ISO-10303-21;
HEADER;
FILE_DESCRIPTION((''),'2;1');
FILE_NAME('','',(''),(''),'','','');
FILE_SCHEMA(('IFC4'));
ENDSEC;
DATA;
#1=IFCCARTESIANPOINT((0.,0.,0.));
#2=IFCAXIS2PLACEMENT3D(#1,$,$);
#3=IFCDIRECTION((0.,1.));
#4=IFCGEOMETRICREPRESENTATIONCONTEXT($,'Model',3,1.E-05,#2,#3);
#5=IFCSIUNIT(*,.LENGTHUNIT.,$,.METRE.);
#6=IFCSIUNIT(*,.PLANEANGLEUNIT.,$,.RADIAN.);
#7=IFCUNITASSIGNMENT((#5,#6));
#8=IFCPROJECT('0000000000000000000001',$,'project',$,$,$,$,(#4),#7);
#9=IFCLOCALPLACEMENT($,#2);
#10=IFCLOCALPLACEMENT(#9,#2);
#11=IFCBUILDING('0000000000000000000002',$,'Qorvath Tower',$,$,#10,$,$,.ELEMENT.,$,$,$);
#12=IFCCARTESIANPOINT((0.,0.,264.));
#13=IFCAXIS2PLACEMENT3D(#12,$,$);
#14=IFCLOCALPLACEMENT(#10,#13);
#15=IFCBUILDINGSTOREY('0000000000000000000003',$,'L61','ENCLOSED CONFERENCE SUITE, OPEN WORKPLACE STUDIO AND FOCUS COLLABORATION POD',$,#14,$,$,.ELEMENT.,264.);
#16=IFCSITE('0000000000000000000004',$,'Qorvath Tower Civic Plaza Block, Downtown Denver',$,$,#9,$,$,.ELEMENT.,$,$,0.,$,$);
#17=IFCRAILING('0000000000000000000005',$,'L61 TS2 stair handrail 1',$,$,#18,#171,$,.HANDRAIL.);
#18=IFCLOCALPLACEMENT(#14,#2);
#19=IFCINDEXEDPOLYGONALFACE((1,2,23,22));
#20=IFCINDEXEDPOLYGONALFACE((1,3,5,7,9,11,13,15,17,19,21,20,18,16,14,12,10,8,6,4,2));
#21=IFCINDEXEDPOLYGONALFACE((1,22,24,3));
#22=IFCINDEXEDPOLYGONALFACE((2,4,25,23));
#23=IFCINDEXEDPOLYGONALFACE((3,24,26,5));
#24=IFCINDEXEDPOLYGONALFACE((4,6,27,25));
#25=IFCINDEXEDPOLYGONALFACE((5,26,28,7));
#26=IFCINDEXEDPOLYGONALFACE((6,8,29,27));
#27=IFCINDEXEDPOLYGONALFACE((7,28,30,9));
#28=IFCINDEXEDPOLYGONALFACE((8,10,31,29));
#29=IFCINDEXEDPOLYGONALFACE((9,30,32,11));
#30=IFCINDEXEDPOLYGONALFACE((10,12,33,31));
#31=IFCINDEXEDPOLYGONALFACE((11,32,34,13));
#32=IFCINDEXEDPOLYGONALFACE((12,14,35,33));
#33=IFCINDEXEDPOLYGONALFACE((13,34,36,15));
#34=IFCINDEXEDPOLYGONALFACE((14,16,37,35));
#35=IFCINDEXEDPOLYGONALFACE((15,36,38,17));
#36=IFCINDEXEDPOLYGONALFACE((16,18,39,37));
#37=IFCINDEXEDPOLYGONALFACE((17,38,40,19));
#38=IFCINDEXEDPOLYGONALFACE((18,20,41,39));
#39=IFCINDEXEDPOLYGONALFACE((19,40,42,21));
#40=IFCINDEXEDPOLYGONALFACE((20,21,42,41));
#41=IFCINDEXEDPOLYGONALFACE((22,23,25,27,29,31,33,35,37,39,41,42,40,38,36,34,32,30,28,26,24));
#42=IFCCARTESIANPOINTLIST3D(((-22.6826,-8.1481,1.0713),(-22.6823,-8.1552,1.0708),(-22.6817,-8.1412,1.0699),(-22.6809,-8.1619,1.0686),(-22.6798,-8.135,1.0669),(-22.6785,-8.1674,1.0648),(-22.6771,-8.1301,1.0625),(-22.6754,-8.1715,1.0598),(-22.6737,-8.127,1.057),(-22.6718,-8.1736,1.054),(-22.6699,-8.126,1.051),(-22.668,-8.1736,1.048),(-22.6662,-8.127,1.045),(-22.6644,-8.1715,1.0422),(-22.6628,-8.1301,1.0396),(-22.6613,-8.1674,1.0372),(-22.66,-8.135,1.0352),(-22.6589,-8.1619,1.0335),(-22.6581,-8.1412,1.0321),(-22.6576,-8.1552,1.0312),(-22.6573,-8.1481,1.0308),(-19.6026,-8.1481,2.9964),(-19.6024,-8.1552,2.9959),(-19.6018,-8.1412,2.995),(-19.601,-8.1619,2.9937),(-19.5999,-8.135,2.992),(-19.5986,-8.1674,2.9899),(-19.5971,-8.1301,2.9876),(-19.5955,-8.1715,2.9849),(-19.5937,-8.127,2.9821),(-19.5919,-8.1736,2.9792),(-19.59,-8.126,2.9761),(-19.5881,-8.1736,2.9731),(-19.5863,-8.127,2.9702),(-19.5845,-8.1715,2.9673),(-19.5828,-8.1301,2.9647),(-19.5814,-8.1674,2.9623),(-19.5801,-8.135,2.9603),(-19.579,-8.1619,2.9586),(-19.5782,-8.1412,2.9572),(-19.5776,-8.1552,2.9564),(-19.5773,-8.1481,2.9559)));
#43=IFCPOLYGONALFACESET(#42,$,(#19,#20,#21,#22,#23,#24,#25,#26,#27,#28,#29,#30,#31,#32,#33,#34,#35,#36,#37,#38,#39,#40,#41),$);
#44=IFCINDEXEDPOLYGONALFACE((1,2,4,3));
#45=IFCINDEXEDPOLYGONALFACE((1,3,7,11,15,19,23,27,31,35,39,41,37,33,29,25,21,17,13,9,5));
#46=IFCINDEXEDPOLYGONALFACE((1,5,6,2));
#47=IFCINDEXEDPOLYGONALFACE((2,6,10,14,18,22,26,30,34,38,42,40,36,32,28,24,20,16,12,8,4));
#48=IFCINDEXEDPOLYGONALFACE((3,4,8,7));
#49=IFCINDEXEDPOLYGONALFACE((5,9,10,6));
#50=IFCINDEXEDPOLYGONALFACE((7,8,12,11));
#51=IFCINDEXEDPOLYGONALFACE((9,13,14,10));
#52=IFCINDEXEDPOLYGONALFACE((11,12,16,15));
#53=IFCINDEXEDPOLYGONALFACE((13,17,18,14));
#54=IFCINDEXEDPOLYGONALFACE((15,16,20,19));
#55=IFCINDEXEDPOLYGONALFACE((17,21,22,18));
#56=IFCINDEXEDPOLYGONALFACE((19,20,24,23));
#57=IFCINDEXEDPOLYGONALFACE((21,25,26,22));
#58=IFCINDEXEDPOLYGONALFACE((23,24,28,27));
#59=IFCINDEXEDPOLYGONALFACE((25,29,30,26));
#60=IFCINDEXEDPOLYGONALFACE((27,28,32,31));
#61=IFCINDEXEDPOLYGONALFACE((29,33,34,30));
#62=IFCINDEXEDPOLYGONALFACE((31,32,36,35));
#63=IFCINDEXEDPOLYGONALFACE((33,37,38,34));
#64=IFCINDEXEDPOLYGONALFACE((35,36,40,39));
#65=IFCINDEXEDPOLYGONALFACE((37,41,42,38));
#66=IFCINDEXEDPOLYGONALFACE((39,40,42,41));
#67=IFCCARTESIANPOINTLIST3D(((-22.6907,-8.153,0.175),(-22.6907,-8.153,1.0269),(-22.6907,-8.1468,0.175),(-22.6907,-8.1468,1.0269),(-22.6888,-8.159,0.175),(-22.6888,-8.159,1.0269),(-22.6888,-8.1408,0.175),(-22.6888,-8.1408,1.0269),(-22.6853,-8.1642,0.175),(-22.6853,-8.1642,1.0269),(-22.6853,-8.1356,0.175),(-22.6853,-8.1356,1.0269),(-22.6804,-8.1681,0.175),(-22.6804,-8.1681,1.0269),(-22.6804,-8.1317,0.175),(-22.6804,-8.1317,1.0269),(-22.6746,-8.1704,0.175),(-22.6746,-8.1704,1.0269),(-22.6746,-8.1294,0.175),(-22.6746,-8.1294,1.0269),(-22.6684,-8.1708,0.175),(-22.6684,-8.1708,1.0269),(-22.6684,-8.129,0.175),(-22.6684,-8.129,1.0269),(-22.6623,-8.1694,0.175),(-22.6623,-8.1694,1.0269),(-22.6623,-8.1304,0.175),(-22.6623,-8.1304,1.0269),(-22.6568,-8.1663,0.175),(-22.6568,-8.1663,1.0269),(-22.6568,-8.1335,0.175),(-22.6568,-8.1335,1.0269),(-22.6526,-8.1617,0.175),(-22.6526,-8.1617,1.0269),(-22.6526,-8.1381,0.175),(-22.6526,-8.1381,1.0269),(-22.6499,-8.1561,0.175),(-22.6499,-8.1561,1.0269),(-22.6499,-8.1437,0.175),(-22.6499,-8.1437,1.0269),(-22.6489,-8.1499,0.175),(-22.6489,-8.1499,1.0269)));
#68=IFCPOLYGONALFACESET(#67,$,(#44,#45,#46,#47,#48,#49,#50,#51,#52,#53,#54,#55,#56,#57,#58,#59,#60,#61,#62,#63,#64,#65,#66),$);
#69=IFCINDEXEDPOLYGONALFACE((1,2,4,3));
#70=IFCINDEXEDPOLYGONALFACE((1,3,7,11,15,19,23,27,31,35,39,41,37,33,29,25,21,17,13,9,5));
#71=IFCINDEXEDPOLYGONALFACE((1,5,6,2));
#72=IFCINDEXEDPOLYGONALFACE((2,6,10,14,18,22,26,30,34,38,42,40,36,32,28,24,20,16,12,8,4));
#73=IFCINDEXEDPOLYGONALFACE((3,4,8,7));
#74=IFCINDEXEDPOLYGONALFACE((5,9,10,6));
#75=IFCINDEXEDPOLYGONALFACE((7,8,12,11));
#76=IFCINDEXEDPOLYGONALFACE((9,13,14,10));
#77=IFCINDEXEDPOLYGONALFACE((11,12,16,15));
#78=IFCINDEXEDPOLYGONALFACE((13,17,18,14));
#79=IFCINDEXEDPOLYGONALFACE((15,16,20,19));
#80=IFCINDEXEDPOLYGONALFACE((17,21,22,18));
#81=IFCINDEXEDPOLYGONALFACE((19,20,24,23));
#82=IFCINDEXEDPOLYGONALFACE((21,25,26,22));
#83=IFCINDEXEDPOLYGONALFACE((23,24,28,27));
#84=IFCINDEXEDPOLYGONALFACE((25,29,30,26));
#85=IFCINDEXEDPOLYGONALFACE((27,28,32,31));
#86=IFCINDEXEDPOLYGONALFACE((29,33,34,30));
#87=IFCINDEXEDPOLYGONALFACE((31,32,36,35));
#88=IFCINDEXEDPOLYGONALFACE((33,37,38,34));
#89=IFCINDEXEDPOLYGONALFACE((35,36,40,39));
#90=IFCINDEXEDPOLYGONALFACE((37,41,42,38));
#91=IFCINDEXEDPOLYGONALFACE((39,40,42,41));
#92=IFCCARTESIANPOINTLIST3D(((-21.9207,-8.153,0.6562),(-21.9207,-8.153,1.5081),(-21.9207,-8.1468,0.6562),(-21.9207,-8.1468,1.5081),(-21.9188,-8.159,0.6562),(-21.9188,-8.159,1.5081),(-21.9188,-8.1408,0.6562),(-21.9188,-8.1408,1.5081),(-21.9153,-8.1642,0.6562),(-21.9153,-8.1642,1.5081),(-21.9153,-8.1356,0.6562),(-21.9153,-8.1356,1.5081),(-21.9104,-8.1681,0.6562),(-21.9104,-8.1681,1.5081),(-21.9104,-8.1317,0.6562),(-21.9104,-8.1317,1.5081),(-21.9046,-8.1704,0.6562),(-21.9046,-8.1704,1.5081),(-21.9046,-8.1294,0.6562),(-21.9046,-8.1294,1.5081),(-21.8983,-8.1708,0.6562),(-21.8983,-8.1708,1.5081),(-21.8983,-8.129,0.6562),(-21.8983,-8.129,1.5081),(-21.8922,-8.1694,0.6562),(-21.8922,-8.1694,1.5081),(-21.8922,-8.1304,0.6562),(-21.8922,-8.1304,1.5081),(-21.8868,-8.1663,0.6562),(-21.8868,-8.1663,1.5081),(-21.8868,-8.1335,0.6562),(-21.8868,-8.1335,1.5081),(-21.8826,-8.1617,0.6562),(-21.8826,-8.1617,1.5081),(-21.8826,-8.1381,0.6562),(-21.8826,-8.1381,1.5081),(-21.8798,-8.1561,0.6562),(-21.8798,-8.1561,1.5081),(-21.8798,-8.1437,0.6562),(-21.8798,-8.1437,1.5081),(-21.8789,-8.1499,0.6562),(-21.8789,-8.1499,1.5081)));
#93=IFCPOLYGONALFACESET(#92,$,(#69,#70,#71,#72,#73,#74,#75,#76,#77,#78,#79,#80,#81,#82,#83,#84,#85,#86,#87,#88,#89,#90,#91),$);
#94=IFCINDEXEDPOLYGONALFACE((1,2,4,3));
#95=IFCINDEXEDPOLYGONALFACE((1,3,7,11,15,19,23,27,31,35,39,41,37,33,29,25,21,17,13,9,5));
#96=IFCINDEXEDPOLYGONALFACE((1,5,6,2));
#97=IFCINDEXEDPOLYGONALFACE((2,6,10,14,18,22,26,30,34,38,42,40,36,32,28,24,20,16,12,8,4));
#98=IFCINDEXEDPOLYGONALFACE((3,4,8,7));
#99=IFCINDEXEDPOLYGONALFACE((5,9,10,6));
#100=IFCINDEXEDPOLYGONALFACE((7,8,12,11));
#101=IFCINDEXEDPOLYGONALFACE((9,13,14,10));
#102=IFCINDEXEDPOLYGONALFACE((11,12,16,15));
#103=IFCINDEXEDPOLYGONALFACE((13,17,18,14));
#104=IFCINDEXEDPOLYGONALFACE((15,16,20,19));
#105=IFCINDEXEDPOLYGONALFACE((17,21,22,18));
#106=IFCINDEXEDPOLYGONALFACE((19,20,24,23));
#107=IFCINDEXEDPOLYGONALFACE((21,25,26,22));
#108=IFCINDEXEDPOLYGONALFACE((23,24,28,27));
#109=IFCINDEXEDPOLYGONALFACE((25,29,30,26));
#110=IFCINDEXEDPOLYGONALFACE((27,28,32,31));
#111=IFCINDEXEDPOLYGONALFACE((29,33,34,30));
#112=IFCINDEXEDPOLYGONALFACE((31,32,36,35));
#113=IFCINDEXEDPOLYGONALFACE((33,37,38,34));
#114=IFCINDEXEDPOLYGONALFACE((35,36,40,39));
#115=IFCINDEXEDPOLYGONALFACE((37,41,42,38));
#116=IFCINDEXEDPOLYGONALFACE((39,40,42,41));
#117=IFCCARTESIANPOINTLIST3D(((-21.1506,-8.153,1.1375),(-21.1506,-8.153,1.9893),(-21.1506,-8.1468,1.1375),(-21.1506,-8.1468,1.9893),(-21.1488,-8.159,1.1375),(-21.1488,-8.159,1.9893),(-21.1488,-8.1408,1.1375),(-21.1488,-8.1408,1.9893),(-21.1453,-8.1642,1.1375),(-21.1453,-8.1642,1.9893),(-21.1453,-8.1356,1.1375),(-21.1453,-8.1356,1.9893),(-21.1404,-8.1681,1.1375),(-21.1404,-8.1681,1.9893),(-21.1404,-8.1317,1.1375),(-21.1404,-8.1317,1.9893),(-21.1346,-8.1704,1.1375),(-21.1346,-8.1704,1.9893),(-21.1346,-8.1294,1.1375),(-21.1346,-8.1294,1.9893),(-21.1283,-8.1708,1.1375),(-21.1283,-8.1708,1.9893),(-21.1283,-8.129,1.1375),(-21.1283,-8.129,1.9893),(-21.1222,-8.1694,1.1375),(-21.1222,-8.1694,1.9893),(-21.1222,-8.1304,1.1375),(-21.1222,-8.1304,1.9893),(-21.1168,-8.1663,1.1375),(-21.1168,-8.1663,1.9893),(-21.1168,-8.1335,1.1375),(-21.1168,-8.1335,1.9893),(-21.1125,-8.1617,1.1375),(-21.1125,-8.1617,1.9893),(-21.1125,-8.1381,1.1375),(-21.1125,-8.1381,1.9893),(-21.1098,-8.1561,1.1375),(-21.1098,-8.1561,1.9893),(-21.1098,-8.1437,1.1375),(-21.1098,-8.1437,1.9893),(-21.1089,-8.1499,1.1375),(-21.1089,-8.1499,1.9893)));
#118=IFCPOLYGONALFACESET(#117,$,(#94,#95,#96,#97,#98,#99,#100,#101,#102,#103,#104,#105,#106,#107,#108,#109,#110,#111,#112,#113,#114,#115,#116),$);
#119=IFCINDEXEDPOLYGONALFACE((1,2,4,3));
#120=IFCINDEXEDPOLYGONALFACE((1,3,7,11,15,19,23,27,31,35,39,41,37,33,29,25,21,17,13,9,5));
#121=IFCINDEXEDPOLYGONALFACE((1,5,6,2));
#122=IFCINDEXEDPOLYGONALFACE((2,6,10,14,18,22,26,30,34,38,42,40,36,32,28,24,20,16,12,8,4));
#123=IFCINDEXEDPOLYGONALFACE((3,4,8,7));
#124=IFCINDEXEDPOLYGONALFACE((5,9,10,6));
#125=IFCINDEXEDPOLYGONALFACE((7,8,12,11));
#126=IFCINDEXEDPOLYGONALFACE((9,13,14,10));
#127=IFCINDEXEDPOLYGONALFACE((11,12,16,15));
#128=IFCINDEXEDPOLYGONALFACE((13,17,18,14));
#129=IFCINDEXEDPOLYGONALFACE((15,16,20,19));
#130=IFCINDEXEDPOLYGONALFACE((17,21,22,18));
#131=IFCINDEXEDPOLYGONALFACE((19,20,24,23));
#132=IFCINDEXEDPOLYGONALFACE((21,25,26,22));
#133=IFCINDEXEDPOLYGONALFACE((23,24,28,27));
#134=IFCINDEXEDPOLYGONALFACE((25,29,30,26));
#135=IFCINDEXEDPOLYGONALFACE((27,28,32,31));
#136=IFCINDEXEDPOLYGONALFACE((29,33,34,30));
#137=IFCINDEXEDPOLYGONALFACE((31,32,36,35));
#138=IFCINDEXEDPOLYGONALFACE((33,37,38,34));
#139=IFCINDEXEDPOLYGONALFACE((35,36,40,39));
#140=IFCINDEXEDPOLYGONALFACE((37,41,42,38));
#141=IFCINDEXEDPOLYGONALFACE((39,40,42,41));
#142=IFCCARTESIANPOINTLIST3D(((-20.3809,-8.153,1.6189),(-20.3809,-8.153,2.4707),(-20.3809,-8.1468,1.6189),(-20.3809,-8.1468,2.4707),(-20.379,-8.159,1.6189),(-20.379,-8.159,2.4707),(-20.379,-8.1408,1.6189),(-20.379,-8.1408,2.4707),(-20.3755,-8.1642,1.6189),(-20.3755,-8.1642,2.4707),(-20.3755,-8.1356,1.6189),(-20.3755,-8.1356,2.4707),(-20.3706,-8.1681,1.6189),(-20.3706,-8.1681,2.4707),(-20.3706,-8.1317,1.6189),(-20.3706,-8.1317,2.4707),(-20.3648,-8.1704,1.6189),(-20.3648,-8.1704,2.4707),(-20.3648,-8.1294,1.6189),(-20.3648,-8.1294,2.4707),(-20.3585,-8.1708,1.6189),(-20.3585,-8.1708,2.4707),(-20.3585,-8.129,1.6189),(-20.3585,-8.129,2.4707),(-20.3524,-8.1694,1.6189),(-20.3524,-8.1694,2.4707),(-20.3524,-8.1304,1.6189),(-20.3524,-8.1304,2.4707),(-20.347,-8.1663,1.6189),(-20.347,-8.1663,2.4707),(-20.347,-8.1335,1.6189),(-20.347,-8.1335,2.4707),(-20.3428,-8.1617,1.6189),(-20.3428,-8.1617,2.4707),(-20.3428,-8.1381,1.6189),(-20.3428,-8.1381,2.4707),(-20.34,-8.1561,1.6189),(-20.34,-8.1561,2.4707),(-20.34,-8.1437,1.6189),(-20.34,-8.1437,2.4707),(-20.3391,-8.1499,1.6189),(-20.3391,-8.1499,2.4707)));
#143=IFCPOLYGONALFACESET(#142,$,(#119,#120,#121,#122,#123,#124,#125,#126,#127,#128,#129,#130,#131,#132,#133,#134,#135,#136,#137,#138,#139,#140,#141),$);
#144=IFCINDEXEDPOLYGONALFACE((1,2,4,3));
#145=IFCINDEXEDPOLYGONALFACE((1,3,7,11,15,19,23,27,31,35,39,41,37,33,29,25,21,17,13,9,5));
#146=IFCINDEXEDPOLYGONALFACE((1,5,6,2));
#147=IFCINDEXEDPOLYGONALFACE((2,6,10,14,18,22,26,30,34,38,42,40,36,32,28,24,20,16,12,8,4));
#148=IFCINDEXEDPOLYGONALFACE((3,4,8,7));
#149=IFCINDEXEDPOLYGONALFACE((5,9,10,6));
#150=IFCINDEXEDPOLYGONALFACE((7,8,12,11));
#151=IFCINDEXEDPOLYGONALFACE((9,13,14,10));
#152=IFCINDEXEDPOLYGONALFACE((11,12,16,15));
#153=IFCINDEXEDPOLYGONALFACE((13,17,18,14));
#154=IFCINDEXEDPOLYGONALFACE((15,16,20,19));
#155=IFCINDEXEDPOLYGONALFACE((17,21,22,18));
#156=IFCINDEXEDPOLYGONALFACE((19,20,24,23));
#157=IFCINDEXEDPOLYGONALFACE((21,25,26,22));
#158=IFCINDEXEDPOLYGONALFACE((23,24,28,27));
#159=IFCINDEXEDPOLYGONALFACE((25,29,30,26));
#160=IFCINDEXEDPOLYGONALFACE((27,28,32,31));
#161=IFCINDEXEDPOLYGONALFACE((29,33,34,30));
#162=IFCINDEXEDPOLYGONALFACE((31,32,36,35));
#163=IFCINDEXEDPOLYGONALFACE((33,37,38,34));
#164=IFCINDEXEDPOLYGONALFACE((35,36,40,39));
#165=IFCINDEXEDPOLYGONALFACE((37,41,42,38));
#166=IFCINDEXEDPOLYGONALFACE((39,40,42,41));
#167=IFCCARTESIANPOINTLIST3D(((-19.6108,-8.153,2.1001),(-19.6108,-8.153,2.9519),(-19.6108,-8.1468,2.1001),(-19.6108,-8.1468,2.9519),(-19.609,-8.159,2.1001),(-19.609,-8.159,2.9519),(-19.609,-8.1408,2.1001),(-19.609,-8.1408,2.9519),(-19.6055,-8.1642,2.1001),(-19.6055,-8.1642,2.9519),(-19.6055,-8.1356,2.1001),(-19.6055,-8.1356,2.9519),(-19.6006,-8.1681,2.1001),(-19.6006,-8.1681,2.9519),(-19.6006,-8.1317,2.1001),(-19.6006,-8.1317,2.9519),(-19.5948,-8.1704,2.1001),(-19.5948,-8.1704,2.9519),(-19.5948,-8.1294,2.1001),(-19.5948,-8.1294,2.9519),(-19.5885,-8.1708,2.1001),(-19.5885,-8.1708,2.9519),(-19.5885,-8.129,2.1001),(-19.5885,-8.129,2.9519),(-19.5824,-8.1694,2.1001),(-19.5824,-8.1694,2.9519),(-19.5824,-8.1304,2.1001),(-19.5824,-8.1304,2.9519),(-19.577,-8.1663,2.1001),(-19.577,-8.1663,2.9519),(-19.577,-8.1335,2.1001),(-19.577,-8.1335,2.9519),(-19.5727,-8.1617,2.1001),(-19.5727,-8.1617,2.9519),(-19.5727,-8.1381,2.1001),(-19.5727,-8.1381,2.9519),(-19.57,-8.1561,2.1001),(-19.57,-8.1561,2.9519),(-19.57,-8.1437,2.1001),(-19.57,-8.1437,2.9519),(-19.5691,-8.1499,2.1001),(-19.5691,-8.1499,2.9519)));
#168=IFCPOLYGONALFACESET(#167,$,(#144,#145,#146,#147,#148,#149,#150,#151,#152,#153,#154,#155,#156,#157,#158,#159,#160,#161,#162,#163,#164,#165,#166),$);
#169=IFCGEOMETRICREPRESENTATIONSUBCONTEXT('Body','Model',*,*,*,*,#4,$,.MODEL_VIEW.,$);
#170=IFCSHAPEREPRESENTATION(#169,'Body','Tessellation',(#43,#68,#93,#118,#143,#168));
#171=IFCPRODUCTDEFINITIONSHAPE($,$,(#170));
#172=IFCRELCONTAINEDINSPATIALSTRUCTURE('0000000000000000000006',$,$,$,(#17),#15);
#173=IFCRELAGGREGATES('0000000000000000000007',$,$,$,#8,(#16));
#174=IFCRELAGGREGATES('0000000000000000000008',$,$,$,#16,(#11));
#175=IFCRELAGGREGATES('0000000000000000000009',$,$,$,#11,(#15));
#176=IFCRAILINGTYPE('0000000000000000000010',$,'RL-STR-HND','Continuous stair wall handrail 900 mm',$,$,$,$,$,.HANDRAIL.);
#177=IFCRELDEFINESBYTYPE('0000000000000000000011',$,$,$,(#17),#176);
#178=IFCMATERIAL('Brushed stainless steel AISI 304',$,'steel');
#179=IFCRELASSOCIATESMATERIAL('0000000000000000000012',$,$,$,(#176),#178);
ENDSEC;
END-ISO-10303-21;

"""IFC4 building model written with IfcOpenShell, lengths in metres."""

from ifc_helpers import new_model, si_unit, direction, frame, origin, origin_2d, place, context, subcontext, project, spatial, circle, extrude, material, type_object, element, save


model = new_model("IFC4")

# Units and contexts
model_context = context("Model", 3, precision=1e-05, world=origin(), true_north=direction((0.0, 1.0)))
body_context = subcontext(model_context, "Body", "Model", "MODEL_VIEW")
ifc_project = project(units=[si_unit("LENGTHUNIT", "METRE"), si_unit("PLANEANGLEUNIT", "RADIAN")], contexts=[model_context])

# Site, building, storey
site_placement = place(None, origin())
site = spatial("IfcSite", under=ifc_project, at=site_placement, Name="Qorvath Tower Civic Plaza Block, Downtown Denver", CompositionType="ELEMENT", RefElevation=0.0)
building_placement = place(site_placement, origin())
building = spatial("IfcBuilding", under=site, at=building_placement, Name="Qorvath Tower", CompositionType="ELEMENT")
storey_placement = place(building_placement, frame((0.0, 0.0, 264.0)))
storey = spatial("IfcBuildingStorey", under=building, at=storey_placement, Name="L61", Description="ENCLOSED CONFERENCE SUITE, OPEN WORKPLACE STUDIO AND FOCUS COLLABORATION POD", CompositionType="ELEMENT", Elevation=264.0)

# Railing
ifc_material_1 = material(Name="Brushed stainless steel AISI 304", Category="steel")
railing_type_1 = type_object("IfcRailingType", Name="RL-STR-HND", Description="Continuous stair wall handrail 900 mm", PredefinedType="HANDRAIL", material=ifc_material_1)
railing_1_placement = place(storey_placement, frame((-22.6699, -8.1499, 0.175)))
element("IfcRailing", 1, at=railing_1_placement, inside=storey, type_object=railing_type_1, Name="L61 TS2 stair handrail 1", PredefinedType="HANDRAIL", context=body_context, shape_type="SweptSolid", body=[
    extrude(circle(Radius=0.0239, at=origin_2d()), frame((0.0, 0.0, 0.876), z_axis=(0.847979, 0.0, 0.530029), x_axis=(0.0, 1.0, 0.0)), (0.0, 0.0, 1.0), 3.6321),
    extrude(circle(Radius=0.021, at=origin_2d()), origin(), (0.0, 0.0, 1.0), 0.8518),
    extrude(circle(Radius=0.021, at=origin_2d()), frame((0.77, 0.0, 0.4812)), (0.0, 0.0, 1.0), 0.8518),
    extrude(circle(Radius=0.021, at=origin_2d()), frame((1.54, 0.0, 0.9624)), (0.0, 0.0, 1.0), 0.8518),
    extrude(circle(Radius=0.021, at=origin_2d()), frame((2.3098, 0.0, 1.4438)), (0.0, 0.0, 1.0), 0.8518),
    extrude(circle(Radius=0.021, at=origin_2d()), frame((3.0798, 0.0, 1.925)), (0.0, 0.0, 1.0), 0.8518),
])

save(model, "model.ifc")
